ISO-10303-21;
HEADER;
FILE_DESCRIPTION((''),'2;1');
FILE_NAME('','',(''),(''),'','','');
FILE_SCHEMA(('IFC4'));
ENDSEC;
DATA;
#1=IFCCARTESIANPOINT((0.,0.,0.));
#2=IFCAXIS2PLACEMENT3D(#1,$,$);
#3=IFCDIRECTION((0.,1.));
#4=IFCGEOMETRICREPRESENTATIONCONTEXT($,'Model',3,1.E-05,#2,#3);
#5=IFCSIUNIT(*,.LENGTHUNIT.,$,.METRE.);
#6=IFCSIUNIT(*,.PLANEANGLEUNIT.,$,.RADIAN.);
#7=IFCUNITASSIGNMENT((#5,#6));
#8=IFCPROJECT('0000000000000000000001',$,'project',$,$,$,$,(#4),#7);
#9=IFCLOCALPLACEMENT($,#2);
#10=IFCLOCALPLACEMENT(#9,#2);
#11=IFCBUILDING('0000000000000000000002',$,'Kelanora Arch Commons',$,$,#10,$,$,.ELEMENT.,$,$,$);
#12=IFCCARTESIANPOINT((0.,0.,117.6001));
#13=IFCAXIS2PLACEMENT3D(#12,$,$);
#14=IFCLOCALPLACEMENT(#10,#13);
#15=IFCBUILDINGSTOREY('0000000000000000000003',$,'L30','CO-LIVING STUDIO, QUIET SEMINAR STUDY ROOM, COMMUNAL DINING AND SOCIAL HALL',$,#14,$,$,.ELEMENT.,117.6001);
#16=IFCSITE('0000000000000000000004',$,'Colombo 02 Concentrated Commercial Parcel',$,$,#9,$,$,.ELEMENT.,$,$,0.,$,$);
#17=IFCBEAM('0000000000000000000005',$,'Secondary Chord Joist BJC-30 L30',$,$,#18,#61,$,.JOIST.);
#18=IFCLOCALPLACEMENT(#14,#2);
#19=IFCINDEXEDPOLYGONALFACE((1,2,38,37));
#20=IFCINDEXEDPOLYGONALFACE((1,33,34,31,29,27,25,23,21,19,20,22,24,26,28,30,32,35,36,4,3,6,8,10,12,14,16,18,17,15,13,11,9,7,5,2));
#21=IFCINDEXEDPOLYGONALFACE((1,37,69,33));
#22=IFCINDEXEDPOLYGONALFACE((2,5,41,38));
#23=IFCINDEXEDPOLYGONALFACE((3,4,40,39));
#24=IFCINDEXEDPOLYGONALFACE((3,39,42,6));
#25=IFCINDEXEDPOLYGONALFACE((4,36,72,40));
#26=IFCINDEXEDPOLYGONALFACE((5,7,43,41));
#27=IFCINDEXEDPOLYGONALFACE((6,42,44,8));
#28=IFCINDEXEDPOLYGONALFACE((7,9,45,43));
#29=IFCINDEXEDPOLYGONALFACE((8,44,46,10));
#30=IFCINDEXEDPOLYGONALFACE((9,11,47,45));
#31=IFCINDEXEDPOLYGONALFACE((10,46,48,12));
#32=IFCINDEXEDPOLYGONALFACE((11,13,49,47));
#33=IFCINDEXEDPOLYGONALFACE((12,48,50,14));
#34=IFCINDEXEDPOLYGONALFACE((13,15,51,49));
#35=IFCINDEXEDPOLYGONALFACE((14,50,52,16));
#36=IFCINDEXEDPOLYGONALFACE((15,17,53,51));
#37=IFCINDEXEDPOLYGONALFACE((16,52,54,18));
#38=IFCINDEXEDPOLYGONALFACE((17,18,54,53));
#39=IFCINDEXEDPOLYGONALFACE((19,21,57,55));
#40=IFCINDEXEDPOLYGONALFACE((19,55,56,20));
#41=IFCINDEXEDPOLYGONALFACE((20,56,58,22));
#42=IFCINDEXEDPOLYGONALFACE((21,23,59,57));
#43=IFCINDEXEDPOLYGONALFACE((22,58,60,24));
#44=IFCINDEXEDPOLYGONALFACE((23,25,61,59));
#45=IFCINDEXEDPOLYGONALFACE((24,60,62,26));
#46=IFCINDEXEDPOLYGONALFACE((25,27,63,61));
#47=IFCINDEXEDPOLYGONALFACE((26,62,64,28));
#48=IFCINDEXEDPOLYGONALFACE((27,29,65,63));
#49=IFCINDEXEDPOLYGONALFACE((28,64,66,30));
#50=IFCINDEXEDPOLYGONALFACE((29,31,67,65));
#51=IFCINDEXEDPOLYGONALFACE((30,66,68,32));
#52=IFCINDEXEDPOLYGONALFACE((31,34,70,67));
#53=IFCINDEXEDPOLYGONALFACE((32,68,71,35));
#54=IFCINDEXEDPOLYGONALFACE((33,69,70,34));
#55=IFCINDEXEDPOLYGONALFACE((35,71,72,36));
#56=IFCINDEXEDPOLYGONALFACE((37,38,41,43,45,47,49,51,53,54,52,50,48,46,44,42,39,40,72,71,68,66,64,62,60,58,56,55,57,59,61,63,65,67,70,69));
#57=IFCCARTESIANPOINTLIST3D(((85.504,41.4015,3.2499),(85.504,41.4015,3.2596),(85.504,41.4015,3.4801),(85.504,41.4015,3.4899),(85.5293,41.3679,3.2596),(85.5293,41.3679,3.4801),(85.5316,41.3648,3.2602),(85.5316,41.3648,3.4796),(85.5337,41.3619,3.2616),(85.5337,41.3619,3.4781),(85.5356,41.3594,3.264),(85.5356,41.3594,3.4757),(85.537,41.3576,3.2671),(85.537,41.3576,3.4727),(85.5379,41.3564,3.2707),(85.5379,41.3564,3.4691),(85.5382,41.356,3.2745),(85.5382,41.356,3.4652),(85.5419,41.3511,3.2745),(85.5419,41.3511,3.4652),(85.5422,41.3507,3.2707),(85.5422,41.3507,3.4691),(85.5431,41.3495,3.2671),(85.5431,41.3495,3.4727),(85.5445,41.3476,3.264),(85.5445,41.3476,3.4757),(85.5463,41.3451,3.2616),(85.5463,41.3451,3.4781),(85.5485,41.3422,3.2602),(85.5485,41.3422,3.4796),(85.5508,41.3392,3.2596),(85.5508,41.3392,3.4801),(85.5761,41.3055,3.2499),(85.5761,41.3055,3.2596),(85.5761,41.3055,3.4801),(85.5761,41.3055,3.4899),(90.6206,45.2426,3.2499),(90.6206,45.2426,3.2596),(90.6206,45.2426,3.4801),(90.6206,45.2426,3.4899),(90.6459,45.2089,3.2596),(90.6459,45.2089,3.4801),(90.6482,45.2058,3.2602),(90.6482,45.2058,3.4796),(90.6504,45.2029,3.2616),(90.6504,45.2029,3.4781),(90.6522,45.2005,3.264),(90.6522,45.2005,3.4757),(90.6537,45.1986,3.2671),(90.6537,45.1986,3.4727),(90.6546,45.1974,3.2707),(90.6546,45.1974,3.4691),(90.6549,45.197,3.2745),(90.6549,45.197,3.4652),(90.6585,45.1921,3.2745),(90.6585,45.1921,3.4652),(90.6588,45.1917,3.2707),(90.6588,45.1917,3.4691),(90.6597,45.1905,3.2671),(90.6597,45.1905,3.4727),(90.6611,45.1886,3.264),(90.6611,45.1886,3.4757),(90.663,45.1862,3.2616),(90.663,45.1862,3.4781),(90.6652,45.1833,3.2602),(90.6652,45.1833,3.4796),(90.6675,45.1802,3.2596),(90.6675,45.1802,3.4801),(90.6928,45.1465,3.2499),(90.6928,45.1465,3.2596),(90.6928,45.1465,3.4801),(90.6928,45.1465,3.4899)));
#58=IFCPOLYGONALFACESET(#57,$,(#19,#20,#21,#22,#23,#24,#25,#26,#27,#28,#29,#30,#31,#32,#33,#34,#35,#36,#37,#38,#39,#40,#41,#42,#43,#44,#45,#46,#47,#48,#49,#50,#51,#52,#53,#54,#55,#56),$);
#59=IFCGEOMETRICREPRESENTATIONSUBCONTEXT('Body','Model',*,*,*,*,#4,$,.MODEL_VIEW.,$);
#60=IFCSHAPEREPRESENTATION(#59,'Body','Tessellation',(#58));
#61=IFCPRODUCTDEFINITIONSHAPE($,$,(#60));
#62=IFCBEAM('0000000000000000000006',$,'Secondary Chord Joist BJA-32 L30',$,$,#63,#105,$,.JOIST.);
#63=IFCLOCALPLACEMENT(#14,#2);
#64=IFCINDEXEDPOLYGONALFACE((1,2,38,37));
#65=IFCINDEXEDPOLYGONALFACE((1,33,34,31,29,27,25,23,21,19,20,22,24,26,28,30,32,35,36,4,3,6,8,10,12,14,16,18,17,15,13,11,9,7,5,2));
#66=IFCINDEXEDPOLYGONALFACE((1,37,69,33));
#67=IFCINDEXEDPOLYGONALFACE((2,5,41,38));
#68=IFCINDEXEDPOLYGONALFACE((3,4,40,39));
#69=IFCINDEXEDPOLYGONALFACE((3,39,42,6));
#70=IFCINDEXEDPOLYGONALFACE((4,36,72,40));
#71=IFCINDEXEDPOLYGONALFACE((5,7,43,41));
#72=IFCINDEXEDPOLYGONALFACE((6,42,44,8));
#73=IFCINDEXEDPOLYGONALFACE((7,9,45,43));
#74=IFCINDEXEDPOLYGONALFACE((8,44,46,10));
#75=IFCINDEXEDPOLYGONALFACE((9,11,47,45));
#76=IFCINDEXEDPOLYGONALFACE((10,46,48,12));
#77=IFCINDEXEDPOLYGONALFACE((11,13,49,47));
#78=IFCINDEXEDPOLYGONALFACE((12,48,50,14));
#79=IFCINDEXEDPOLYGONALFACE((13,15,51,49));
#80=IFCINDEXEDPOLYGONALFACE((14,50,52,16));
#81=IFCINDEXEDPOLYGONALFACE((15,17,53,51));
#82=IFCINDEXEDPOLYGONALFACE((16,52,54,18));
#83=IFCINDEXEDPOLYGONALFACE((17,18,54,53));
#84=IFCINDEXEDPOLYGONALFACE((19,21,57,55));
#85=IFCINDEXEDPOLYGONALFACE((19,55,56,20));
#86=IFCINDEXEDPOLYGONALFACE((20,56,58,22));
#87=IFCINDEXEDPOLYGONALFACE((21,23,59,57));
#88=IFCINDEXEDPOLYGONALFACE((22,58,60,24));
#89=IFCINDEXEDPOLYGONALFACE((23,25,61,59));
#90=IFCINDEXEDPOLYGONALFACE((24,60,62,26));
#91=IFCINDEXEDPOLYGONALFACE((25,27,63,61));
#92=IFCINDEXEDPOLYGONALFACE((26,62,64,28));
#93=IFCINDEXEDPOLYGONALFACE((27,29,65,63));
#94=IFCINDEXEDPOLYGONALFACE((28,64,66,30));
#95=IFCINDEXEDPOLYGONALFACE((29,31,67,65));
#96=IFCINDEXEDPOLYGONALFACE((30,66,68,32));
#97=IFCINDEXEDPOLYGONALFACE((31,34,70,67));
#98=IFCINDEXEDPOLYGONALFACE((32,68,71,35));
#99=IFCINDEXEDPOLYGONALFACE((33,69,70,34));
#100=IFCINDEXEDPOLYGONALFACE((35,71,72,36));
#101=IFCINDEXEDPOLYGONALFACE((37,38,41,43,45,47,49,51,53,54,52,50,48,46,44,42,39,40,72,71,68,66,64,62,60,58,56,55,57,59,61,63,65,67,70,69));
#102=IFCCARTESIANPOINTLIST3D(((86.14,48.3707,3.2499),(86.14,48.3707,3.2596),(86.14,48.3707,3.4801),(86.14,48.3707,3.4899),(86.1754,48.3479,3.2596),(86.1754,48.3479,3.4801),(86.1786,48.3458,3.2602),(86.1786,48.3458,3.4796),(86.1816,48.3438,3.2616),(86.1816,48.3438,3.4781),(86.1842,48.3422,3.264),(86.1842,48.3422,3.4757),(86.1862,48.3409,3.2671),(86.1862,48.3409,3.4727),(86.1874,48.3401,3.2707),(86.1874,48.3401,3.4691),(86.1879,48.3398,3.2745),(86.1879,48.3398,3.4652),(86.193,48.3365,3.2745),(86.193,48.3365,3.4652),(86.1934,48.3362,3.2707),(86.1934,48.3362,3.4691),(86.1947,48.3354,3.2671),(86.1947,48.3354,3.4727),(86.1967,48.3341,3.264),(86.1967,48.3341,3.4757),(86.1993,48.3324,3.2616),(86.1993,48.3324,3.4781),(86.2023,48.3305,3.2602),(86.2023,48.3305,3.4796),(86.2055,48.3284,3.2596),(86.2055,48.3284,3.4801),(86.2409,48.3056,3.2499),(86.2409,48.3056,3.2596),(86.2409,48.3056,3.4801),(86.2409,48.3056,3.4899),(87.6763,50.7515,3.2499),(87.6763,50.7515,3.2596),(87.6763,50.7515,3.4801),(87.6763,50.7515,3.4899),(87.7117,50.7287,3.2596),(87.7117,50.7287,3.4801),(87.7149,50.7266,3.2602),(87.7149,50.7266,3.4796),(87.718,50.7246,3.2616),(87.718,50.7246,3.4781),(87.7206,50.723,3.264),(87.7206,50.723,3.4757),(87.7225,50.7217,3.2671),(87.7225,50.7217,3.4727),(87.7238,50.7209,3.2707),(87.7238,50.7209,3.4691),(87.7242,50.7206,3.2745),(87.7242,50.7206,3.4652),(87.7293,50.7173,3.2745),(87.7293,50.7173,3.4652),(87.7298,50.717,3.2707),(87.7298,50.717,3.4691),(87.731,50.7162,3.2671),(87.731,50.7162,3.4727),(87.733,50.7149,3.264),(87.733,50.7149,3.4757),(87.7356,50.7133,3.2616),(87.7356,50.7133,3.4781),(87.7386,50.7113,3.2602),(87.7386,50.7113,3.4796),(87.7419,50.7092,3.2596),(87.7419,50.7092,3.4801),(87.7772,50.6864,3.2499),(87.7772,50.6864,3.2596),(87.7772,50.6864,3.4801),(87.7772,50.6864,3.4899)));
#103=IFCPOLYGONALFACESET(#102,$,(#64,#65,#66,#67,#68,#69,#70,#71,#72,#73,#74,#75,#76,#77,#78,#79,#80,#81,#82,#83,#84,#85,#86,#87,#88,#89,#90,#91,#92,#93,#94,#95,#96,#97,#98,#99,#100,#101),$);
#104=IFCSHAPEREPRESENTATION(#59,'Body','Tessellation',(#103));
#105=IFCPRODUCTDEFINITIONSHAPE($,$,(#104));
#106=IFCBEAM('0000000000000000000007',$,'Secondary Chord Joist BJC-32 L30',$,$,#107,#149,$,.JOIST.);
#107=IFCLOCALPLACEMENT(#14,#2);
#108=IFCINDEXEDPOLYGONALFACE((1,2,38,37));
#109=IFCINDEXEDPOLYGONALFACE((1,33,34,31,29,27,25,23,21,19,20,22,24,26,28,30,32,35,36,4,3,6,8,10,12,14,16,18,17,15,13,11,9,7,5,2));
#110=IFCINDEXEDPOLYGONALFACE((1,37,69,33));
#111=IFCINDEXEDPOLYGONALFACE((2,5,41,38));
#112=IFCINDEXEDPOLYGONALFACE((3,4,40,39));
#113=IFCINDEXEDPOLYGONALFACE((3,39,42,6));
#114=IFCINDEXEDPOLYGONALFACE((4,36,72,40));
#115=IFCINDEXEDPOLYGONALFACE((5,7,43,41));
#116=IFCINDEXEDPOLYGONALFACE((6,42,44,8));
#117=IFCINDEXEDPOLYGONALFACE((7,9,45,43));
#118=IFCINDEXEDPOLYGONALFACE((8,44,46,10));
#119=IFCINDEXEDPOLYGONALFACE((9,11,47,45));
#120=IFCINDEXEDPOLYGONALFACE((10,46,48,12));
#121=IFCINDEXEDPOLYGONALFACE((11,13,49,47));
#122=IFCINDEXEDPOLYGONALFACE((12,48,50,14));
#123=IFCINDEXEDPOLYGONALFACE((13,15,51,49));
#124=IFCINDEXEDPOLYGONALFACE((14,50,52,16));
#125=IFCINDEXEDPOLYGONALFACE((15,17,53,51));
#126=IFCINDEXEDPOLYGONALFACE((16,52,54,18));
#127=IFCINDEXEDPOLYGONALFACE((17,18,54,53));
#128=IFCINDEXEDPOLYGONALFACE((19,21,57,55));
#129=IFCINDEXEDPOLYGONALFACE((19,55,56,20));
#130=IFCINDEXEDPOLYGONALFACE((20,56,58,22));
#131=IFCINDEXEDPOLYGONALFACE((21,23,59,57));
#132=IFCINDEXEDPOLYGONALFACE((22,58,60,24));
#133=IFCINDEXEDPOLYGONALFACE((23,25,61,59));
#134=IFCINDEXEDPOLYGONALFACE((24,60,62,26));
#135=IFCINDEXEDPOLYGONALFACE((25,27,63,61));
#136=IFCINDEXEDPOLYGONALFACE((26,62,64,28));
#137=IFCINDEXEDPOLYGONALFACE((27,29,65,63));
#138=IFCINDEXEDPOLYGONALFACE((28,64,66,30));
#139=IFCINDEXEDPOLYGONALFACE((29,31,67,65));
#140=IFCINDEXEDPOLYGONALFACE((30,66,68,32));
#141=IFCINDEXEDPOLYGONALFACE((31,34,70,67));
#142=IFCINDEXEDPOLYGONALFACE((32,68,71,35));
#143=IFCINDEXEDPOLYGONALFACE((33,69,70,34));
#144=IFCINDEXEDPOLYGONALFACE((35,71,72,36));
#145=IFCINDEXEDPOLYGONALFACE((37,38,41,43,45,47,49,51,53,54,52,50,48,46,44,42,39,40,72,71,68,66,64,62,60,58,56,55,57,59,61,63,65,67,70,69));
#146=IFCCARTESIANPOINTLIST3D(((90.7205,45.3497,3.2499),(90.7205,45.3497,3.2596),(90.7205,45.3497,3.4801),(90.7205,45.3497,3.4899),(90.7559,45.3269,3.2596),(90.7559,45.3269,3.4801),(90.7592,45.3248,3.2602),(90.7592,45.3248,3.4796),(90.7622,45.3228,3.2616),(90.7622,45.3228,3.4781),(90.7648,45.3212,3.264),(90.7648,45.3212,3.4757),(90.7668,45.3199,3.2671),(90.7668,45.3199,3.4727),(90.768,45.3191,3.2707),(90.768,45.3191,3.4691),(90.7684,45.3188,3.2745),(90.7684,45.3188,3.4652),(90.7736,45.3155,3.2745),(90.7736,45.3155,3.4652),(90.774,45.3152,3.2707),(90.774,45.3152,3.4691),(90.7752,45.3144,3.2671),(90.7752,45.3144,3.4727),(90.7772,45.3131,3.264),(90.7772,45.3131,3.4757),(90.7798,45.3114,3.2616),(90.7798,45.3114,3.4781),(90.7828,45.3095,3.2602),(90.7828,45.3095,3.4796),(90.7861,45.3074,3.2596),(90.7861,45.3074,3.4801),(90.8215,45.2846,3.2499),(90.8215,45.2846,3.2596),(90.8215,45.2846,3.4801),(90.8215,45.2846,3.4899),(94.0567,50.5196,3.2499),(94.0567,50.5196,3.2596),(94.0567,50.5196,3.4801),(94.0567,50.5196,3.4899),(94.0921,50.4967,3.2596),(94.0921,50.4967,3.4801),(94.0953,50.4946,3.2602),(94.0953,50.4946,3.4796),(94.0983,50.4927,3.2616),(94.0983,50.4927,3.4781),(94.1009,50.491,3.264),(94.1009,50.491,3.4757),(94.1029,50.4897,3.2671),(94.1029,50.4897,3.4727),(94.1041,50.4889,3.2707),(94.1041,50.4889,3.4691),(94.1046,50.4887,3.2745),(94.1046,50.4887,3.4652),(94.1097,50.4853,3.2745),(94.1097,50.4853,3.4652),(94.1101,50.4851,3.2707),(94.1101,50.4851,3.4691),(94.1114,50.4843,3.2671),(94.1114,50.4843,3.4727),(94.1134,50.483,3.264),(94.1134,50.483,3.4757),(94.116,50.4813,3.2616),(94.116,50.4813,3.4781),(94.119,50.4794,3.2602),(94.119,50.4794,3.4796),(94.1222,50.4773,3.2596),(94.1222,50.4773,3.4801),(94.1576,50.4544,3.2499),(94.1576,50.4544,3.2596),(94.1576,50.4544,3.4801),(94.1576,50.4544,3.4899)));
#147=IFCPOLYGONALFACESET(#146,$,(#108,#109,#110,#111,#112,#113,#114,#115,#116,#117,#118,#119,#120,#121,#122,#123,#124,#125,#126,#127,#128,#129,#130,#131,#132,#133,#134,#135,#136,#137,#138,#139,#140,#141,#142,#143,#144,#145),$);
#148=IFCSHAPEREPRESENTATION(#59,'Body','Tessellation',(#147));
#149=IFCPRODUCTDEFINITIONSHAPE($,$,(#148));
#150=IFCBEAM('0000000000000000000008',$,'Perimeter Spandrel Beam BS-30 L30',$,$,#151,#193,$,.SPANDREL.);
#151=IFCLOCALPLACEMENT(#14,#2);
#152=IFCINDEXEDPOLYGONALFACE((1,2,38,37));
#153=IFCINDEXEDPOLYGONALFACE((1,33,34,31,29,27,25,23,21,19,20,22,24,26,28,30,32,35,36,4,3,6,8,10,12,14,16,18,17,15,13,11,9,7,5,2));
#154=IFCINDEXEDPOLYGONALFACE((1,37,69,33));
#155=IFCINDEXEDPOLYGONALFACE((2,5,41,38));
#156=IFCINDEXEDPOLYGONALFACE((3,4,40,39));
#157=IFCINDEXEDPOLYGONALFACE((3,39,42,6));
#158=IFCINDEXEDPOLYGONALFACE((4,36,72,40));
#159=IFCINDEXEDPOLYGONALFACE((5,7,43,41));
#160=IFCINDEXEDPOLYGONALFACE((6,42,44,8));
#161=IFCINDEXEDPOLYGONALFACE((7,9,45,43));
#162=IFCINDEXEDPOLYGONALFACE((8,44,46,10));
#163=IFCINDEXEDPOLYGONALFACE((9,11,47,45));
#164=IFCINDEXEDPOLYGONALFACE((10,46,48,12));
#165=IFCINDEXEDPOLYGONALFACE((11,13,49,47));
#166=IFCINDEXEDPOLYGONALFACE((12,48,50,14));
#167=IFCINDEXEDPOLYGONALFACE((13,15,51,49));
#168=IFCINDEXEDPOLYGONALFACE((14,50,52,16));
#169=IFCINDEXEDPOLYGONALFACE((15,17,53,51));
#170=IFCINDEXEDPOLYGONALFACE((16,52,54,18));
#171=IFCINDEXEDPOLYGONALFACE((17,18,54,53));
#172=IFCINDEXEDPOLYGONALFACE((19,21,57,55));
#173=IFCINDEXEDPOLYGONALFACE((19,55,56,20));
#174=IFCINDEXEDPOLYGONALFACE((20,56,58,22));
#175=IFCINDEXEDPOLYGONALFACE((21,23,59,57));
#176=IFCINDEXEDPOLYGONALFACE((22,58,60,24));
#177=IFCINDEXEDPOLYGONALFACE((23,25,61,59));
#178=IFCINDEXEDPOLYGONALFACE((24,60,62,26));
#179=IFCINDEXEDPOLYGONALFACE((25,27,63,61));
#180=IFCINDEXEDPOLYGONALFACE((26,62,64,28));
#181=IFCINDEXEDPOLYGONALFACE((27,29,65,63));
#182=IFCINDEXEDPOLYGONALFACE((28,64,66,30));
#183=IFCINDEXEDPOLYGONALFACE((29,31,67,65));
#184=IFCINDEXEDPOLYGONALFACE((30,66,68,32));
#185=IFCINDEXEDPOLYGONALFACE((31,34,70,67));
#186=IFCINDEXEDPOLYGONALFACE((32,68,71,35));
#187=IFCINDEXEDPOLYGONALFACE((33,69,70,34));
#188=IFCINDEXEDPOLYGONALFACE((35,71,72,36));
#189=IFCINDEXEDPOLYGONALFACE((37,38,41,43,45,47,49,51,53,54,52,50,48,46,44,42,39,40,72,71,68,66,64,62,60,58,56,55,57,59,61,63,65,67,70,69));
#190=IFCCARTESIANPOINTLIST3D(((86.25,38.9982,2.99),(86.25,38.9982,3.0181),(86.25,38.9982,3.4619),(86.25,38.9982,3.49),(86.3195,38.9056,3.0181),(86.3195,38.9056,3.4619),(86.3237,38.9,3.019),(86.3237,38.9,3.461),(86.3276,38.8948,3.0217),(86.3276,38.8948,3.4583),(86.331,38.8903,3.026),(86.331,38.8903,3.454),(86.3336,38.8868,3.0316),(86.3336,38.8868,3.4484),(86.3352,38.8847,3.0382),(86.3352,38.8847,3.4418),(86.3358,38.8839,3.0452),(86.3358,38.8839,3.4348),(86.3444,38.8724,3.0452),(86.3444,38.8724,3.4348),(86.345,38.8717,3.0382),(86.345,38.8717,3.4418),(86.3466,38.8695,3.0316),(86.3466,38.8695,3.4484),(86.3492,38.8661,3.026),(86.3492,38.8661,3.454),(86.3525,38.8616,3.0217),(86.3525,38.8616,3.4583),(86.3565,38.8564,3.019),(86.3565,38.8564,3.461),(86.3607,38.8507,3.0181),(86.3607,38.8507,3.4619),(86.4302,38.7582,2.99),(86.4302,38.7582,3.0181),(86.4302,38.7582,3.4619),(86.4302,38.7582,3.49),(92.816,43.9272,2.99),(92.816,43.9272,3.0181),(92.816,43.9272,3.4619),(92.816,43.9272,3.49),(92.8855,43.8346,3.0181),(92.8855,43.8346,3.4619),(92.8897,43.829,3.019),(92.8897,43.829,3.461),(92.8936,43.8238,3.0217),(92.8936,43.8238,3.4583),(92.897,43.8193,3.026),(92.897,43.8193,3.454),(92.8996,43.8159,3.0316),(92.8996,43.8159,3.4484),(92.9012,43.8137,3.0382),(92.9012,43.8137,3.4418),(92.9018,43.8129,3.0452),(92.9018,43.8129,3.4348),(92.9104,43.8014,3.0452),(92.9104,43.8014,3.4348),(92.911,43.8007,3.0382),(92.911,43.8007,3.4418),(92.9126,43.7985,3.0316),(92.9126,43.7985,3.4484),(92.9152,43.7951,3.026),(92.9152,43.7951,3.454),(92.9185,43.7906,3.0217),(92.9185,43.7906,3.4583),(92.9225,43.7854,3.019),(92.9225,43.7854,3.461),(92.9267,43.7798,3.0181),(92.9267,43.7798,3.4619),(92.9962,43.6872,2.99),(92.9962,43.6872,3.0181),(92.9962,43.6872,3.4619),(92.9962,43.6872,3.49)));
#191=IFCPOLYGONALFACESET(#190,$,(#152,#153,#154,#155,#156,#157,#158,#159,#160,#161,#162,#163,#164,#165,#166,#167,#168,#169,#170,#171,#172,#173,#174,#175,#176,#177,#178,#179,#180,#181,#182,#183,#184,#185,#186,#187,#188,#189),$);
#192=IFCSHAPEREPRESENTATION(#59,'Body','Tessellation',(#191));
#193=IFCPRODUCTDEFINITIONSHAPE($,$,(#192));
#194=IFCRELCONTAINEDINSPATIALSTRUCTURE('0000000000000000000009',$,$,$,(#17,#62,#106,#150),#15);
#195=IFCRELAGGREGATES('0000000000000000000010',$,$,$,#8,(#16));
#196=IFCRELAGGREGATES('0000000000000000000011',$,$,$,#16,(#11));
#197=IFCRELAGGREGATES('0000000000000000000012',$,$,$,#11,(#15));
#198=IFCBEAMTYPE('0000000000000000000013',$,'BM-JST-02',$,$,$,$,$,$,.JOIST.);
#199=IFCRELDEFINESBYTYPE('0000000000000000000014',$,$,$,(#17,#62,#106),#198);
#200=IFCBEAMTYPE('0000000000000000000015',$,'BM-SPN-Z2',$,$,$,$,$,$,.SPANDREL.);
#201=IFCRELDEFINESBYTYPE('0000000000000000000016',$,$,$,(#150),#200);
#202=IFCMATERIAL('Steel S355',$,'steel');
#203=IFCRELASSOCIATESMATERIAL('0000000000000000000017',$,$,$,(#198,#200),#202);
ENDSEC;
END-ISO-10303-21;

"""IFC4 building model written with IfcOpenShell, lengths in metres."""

from ifc_helpers import new_model, si_unit, direction, frame, origin, origin_2d, place, context, subcontext, project, spatial, i_section, extrude, material, material_profile, profile_set, type_object, element, save


model = new_model("IFC4")

# Units and contexts
model_context = context("Model", 3, precision=1e-05, world=origin(), true_north=direction((0.0, 1.0)))
body_context = subcontext(model_context, "Body", "Model", "MODEL_VIEW")
ifc_project = project(units=[si_unit("LENGTHUNIT", "METRE"), si_unit("PLANEANGLEUNIT", "RADIAN")], contexts=[model_context])

# Site, building, storey
site_placement = place(None, origin())
site = spatial("IfcSite", under=ifc_project, at=site_placement, Name="Colombo 02 Concentrated Commercial Parcel", CompositionType="ELEMENT", RefElevation=0.0)
building_placement = place(site_placement, origin())
building = spatial("IfcBuilding", under=site, at=building_placement, Name="Kelanora Arch Commons", CompositionType="ELEMENT")
storey_placement = place(building_placement, frame((0.0, 0.0, 117.6001)))
storey = spatial("IfcBuildingStorey", under=building, at=storey_placement, Name="L30", Description="CO-LIVING STUDIO, QUIET SEMINAR STUDY ROOM, COMMUNAL DINING AND SOCIAL HALL", CompositionType="ELEMENT", Elevation=117.6001)

# Beams
ifc_material_1 = material(Name="Steel S355", Category="steel")
ifc_material_profile_1 = material_profile(ifc_material_1, i_section(OverallWidth=0.1201, OverallDepth=0.24, WebThickness=0.0061, FlangeThickness=0.0098, FilletRadius=0.0149, at=origin_2d()), Name="IPE240")
ifc_profile_set_1 = profile_set([ifc_material_profile_1], Name="Steel S355")
beam_type_1 = type_object("IfcBeamType", Name="BM-JST-02", PredefinedType="JOIST", material=ifc_profile_set_1)
beam_1_placement = place(storey_placement, frame((85.54, 41.3535, 3.3699), z_axis=(0.799734, 0.600354, 0.0), x_axis=(-0.600354, 0.799734, 0.0)))
element("IfcBeam", 1, at=beam_1_placement, inside=storey, type_object=beam_type_1, Name="Secondary Chord Joist BJC-30 L30", PredefinedType="JOIST", context=body_context, shape_type="SweptSolid", body=[
    extrude(i_section(OverallWidth=0.1201, OverallDepth=0.24, WebThickness=0.0061, FlangeThickness=0.0098, FilletRadius=0.0149, at=origin_2d()), origin(), (0.0, 0.0, 1.0), 6.3979),
])
beam_2_placement = place(storey_placement, frame((86.1904, 48.3381, 3.3699), z_axis=(0.542211, 0.840242, 0.0), x_axis=(-0.840242, 0.542211, 0.0)))
element("IfcBeam", 2, at=beam_2_placement, inside=storey, type_object=beam_type_1, Name="Secondary Chord Joist BJA-32 L30", PredefinedType="JOIST", context=body_context, shape_type="SweptSolid", body=[
    extrude(i_section(OverallWidth=0.1201, OverallDepth=0.24, WebThickness=0.0061, FlangeThickness=0.0098, FilletRadius=0.0149, at=origin_2d()), origin(), (0.0, 0.0, 1.0), 2.8335),
])
beam_3_placement = place(storey_placement, frame((90.771, 45.3171, 3.3699), z_axis=(0.542213, 0.840241, 0.0), x_axis=(-0.840241, 0.542213, 0.0)))
element("IfcBeam", 3, at=beam_3_placement, inside=storey, type_object=beam_type_1, Name="Secondary Chord Joist BJC-32 L30", PredefinedType="JOIST", context=body_context, shape_type="SweptSolid", body=[
    extrude(i_section(OverallWidth=0.1201, OverallDepth=0.24, WebThickness=0.0061, FlangeThickness=0.0098, FilletRadius=0.0149, at=origin_2d()), origin(), (0.0, 0.0, 1.0), 6.1528),
])
ifc_material_profile_2 = material_profile(ifc_material_1, i_section(OverallWidth=0.3, OverallDepth=0.5, WebThickness=0.0144, FlangeThickness=0.0281, FilletRadius=0.0271, at=origin_2d()), Name="HEB500")
ifc_profile_set_2 = profile_set([ifc_material_profile_2], Name="Steel S355")
beam_type_2 = type_object("IfcBeamType", Name="BM-SPN-Z2", PredefinedType="SPANDREL", material=ifc_profile_set_2)
beam_4_placement = place(storey_placement, frame((86.3401, 38.8782, 3.24), z_axis=(0.799736, 0.600352, 0.0), x_axis=(-0.600352, 0.799736, 0.0)))
element("IfcBeam", 4, at=beam_4_placement, inside=storey, type_object=beam_type_2, Name="Perimeter Spandrel Beam BS-30 L30", PredefinedType="SPANDREL", context=body_context, shape_type="SweptSolid", body=[
    extrude(i_section(OverallWidth=0.3, OverallDepth=0.5, WebThickness=0.0144, FlangeThickness=0.0281, FilletRadius=0.0271, at=origin_2d()), origin(), (0.0, 0.0, 1.0), 8.2102),
])

save(model, "model.ifc")
